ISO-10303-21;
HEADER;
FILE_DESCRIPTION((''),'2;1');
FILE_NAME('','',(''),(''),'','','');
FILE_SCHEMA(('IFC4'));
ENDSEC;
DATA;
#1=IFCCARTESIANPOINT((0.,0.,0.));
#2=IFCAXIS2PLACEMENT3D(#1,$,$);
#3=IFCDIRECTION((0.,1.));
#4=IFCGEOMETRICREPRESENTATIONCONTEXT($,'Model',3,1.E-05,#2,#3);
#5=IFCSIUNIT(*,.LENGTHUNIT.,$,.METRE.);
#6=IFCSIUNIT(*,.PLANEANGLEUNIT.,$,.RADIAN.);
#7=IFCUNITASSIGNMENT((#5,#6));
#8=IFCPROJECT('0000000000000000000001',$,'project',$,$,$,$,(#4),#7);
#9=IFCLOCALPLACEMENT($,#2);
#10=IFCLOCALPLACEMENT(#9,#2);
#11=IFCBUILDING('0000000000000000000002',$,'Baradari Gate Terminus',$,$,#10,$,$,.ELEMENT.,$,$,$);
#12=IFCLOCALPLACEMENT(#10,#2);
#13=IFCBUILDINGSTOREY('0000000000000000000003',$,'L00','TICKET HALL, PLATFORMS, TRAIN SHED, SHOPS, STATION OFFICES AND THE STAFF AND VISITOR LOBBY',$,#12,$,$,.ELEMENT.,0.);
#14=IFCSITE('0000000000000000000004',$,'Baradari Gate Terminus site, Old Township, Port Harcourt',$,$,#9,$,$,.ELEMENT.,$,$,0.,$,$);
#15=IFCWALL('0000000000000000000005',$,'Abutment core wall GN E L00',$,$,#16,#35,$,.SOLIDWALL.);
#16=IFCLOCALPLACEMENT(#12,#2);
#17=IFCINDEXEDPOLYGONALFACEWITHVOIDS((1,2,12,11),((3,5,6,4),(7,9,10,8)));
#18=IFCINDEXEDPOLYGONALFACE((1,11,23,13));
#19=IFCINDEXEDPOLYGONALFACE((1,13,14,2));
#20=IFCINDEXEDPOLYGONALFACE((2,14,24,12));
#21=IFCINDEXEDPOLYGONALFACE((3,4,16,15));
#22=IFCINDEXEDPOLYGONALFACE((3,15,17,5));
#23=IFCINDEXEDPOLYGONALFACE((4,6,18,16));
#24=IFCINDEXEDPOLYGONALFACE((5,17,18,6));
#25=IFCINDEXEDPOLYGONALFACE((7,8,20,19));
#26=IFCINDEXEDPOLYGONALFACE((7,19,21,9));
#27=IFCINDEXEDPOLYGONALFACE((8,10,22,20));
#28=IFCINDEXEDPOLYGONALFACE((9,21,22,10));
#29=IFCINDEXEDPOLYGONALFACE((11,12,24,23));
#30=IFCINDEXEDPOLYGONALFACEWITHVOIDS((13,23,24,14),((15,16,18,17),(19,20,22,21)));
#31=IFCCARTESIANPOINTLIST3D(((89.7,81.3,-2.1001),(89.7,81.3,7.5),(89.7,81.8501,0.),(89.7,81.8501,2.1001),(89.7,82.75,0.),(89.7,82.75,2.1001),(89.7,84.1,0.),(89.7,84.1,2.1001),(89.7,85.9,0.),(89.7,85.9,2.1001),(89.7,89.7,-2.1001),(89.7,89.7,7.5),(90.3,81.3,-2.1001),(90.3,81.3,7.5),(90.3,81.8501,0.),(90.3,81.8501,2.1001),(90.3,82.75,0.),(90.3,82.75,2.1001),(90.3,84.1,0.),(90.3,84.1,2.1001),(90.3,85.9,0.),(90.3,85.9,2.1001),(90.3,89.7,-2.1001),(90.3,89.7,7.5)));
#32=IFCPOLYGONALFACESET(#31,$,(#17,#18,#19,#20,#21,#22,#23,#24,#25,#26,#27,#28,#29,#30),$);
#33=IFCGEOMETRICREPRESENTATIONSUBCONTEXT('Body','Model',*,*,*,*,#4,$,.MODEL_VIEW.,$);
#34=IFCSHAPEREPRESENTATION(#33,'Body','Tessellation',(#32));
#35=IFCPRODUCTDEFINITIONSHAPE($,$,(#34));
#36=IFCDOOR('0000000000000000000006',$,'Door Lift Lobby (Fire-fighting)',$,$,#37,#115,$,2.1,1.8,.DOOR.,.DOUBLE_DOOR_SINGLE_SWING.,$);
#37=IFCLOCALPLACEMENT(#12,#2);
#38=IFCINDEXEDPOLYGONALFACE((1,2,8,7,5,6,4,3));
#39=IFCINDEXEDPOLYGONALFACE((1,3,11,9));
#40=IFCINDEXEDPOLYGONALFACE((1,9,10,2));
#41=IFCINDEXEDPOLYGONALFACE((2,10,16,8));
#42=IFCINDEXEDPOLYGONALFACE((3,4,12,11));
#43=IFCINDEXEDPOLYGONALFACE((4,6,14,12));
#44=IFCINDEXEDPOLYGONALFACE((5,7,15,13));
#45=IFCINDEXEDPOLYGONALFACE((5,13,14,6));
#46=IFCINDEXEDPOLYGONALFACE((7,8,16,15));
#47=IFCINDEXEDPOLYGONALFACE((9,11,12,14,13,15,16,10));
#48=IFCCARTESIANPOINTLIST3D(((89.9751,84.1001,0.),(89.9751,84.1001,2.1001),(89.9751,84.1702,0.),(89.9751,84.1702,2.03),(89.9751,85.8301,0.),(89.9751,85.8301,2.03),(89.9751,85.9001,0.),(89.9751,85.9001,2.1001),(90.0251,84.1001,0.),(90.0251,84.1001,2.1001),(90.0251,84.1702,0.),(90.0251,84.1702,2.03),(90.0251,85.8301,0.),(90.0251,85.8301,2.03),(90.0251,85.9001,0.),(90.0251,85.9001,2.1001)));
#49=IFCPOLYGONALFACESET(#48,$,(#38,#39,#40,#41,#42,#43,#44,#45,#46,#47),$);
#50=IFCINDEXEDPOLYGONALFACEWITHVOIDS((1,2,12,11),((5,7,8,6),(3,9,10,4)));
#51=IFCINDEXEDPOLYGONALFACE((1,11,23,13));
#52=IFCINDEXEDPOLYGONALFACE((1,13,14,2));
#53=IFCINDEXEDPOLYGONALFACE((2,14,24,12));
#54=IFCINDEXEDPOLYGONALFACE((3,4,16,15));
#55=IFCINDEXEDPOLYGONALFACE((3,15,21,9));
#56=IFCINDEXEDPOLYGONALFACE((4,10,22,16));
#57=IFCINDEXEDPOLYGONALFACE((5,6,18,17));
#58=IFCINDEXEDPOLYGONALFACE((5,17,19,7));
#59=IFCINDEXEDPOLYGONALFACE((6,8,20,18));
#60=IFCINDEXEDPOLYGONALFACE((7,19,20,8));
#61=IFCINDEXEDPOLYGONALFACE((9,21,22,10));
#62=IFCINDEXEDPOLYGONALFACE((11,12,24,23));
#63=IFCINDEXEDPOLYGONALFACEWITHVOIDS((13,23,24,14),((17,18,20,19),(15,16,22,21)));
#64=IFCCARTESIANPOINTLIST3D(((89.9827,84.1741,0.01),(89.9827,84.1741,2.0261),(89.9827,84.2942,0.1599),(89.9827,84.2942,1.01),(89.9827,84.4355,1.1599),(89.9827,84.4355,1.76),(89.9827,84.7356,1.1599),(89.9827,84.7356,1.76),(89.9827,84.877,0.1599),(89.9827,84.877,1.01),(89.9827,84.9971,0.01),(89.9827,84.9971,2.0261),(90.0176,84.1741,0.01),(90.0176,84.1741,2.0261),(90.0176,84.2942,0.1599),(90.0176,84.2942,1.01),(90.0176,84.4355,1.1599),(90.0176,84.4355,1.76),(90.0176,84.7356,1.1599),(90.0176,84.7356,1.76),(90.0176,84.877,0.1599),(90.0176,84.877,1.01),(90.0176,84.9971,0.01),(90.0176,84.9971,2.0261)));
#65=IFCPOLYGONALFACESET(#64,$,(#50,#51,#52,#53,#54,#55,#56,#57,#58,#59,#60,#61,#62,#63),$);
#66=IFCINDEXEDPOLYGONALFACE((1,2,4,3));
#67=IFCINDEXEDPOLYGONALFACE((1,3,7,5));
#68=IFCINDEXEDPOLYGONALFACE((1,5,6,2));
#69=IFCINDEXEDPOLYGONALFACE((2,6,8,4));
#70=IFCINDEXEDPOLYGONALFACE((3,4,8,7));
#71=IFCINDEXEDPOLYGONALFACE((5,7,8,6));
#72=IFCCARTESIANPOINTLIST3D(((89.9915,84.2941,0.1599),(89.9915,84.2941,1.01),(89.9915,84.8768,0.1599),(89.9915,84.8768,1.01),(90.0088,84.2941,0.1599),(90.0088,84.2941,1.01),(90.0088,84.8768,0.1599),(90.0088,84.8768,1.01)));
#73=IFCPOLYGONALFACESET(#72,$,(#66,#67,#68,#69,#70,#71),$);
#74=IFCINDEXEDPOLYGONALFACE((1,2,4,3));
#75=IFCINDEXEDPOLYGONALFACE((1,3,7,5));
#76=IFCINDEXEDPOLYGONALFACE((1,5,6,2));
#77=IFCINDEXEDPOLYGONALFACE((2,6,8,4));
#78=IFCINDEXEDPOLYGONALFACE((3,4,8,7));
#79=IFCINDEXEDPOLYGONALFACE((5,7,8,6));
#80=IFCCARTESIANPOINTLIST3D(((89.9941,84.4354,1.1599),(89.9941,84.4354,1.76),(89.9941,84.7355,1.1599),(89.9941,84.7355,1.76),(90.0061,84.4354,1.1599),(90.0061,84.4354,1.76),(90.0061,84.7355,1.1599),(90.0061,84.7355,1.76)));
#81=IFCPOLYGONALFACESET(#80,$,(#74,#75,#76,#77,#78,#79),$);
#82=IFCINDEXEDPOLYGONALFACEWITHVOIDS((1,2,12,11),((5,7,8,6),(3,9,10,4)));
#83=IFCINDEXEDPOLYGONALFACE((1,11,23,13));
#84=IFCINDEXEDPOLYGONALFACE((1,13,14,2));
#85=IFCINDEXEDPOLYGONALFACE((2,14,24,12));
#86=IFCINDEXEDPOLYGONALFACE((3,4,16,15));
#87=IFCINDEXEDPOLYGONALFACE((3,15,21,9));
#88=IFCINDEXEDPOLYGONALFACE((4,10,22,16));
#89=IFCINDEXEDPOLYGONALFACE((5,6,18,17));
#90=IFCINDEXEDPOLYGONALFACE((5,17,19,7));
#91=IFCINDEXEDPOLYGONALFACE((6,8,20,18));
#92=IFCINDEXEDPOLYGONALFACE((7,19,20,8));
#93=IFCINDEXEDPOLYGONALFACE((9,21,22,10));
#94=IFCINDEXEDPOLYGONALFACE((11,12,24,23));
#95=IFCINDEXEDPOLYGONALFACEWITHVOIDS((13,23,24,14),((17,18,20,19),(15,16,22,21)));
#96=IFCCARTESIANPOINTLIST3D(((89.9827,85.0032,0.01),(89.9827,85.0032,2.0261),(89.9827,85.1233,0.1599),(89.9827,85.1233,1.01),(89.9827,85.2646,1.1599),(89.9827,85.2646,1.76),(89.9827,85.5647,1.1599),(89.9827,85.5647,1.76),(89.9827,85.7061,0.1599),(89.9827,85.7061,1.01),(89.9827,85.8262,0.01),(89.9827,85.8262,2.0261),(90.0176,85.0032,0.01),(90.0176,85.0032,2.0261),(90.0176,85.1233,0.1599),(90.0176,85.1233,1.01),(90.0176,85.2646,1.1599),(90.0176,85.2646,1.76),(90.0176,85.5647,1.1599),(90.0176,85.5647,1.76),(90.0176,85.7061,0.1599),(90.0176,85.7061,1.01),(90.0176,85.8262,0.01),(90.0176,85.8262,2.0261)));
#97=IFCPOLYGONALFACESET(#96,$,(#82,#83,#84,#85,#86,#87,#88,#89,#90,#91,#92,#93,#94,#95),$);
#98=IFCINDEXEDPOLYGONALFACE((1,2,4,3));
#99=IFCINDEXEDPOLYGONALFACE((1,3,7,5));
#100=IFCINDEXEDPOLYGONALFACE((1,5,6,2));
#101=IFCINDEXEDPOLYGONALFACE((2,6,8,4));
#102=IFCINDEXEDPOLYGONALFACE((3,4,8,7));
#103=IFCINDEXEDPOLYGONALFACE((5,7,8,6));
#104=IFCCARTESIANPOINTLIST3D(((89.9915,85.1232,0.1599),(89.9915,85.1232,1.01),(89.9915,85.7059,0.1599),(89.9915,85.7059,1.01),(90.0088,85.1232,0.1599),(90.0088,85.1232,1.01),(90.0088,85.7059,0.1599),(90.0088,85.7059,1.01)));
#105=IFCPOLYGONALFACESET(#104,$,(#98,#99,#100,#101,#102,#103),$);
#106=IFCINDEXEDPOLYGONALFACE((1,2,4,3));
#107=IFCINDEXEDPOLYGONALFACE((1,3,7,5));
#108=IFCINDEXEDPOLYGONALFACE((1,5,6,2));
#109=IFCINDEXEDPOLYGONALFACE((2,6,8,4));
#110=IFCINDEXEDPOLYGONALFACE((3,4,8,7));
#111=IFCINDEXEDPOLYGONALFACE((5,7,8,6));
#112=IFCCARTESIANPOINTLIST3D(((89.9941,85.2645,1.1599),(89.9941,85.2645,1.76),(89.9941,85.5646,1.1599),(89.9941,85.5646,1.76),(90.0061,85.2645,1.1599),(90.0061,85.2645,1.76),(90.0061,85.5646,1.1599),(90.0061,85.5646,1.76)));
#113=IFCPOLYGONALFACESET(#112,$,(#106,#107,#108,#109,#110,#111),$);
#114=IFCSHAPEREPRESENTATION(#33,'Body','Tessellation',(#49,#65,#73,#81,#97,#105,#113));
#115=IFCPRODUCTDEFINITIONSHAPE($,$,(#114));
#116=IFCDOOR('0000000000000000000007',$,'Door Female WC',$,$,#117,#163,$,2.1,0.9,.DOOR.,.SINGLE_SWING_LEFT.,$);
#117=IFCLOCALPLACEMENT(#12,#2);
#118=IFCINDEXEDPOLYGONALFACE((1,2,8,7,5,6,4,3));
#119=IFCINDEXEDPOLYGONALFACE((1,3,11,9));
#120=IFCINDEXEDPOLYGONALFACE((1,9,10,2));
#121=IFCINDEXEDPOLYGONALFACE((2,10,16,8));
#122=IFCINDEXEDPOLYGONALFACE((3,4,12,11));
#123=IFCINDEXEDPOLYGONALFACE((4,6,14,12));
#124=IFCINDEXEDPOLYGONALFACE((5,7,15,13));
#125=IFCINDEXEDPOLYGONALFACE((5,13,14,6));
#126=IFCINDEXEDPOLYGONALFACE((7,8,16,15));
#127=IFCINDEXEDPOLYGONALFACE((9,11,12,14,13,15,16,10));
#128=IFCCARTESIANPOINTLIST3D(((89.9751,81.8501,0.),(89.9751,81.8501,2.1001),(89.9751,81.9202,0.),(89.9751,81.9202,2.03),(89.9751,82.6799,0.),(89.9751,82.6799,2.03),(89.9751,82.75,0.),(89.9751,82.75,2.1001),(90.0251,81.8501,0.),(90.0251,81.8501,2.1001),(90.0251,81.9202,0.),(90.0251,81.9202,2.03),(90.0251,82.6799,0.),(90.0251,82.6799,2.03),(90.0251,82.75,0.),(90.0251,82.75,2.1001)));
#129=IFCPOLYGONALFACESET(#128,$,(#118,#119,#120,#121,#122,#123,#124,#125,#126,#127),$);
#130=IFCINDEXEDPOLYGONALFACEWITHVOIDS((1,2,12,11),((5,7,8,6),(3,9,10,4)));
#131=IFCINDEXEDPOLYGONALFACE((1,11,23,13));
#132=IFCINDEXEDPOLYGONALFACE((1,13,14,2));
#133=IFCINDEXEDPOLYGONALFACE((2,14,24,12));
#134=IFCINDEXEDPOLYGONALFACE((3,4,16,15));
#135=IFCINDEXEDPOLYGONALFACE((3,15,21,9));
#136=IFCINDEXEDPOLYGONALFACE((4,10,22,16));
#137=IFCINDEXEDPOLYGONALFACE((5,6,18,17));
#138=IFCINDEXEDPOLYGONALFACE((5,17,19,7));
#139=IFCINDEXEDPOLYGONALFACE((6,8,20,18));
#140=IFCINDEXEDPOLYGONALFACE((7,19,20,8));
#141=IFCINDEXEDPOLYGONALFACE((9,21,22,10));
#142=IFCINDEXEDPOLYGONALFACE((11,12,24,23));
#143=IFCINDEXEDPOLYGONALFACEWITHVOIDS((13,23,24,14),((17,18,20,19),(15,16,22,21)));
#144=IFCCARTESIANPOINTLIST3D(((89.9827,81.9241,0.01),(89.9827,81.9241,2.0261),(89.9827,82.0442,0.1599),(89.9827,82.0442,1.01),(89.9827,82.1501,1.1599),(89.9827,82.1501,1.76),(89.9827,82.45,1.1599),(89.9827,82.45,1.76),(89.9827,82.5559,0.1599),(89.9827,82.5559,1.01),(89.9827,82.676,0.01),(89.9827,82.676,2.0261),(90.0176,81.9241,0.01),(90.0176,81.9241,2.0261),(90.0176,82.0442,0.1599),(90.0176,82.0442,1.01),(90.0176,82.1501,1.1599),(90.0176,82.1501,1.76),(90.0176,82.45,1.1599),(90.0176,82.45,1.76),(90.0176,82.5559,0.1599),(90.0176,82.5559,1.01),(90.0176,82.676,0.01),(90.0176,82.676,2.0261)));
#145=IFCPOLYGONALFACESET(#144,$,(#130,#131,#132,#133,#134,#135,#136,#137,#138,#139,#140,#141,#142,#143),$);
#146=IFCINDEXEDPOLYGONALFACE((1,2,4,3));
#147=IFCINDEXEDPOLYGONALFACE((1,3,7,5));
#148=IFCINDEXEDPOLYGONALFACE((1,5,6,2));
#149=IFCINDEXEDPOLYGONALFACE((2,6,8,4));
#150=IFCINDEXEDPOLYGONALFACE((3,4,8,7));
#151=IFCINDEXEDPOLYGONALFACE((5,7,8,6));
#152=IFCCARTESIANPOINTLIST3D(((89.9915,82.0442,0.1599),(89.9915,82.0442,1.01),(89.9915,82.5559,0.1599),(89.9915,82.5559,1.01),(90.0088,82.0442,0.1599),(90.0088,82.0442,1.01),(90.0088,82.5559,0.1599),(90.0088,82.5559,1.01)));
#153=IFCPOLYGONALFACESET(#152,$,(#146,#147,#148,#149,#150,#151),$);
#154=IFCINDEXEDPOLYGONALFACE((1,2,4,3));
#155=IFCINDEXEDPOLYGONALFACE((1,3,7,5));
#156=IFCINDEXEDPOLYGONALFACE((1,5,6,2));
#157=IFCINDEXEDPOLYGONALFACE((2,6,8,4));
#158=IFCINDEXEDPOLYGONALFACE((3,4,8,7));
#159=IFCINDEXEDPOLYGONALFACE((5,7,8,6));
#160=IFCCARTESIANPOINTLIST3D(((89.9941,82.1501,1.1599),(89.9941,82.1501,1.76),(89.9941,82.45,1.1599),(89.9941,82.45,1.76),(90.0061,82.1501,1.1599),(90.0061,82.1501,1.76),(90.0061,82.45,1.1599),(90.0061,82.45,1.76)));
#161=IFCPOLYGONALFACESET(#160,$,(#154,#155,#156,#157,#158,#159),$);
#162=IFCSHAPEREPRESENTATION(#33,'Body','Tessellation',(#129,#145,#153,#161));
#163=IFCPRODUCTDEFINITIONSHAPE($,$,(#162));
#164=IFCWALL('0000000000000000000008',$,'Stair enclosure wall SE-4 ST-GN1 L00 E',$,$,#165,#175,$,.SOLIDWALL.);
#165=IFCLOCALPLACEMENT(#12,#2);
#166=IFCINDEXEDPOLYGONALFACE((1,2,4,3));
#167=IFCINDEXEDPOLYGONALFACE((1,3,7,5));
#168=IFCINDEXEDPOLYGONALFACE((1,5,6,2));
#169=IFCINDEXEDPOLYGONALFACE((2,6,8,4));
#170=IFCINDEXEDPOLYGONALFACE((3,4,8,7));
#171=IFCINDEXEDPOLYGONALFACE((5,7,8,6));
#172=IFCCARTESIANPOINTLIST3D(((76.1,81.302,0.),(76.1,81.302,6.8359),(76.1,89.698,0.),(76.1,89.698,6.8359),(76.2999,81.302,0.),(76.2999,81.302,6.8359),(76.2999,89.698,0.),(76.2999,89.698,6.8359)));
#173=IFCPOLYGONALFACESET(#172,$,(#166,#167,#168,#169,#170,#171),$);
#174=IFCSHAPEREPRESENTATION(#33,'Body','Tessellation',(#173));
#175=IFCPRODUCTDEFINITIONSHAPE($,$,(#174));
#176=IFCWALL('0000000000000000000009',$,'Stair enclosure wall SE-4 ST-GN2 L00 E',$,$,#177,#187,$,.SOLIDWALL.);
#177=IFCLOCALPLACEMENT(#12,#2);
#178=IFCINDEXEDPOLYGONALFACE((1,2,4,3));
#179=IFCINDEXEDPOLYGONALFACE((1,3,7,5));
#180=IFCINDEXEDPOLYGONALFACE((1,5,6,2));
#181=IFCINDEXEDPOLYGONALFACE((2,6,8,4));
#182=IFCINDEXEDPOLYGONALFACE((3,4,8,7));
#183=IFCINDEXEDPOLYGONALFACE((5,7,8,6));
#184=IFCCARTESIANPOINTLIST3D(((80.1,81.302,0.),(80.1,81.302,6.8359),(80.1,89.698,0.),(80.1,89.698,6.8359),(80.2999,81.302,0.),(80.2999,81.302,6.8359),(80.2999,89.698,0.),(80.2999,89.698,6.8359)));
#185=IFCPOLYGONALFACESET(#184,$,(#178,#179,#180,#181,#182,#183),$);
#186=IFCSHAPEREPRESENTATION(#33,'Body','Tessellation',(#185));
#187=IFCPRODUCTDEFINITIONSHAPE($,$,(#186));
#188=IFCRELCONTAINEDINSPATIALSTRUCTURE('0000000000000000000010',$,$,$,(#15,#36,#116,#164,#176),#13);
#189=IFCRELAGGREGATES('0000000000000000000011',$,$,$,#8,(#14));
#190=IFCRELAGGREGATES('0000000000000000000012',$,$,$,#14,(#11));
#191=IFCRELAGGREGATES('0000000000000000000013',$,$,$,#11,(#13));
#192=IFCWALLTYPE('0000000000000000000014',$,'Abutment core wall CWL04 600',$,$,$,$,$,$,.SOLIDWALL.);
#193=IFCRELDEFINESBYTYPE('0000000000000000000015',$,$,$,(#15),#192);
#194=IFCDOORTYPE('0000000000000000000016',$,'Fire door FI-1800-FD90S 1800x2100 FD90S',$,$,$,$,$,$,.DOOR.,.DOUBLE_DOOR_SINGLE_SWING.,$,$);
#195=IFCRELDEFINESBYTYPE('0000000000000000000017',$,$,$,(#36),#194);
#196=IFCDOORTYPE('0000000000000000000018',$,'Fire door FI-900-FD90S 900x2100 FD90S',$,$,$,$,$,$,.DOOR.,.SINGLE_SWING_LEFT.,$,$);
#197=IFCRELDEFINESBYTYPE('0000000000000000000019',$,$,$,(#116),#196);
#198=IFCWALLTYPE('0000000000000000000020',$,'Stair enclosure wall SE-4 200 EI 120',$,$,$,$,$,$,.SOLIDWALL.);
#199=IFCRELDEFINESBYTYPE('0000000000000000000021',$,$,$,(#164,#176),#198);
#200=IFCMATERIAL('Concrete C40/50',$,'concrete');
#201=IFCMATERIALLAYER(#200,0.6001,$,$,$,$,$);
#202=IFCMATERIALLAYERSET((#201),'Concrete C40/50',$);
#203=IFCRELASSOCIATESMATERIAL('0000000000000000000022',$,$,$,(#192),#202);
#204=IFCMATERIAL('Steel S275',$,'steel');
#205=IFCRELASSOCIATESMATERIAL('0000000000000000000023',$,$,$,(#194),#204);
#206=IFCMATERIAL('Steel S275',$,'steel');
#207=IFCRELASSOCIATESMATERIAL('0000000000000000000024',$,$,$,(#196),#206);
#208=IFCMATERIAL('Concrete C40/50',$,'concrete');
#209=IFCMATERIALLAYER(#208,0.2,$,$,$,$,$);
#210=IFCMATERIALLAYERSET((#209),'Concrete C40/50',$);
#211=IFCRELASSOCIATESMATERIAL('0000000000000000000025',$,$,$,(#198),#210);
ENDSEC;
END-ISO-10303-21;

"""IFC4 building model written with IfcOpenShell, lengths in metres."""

from ifc_helpers import new_model, si_unit, direction, frame, frame_2d, origin, place, context, subcontext, project, spatial, polyline, rectangle, outline, extrude, material, layer, layer_set, type_object, element, fill, save


model = new_model("IFC4")

# Units and contexts
model_context = context("Model", 3, precision=1e-05, world=origin(), true_north=direction((0.0, 1.0)))
body_context = subcontext(model_context, "Body", "Model", "MODEL_VIEW")
ifc_project = project(units=[si_unit("LENGTHUNIT", "METRE"), si_unit("PLANEANGLEUNIT", "RADIAN")], contexts=[model_context])

# Site, building, storey
site_placement = place(None, origin())
site = spatial("IfcSite", under=ifc_project, at=site_placement, Name="Baradari Gate Terminus site, Old Township, Port Harcourt", CompositionType="ELEMENT", RefElevation=0.0)
building_placement = place(site_placement, origin())
building = spatial("IfcBuilding", under=site, at=building_placement, Name="Baradari Gate Terminus", CompositionType="ELEMENT")
storey_placement = place(building_placement, origin())
storey = spatial("IfcBuildingStorey", under=building, at=storey_placement, Name="L00", Description="TICKET HALL, PLATFORMS, TRAIN SHED, SHOPS, STATION OFFICES AND THE STAFF AND VISITOR LOBBY", CompositionType="ELEMENT", Elevation=0.0)

# Wall, openings, doors
ifc_material_1 = material(Name="Concrete C40/50", Category="concrete")
ifc_layer_1 = layer(ifc_material_1, 0.6001)
ifc_layer_set_1 = layer_set([ifc_layer_1], Name="Concrete C40/50")
wall_type_1 = type_object("IfcWallType", Name="Abutment core wall CWL04 600", PredefinedType="SOLIDWALL", material=ifc_layer_set_1)
wall_placement = place(storey_placement, frame((90.0, 81.3, -2.1001), z_axis=(0.0, 0.0, 1.0), x_axis=(0.0, 1.0, 0.0)))
wall = element("IfcWall", 1, at=wall_placement, inside=storey, type_object=wall_type_1, Name="Abutment core wall GN E L00", PredefinedType="SOLIDWALL", context=body_context, shape_type="SweptSolid", body=[
    extrude(rectangle(XDim=8.3999, YDim=0.6001, at=frame_2d((4.2, 0.0))), origin(), (0.0, 0.0, 1.0), 9.6001),
])
opening_1_placement = place(wall_placement, frame((2.8, 0.0, 2.1001)))
opening_1 = element("IfcOpeningElement", 2, at=opening_1_placement, cuts=wall, PredefinedType="OPENING", context=body_context, shape_type="SweptSolid", body=[
    extrude(rectangle(XDim=1.8, YDim=2.1001, at=frame_2d((0.8999, 1.05))), frame((0.0, 0.3101, 0.0), z_axis=(0.0, -1.0, 0.0), x_axis=(1.0, 0.0, 0.0)), (0.0, 0.0, 1.0), 0.6201),
])
opening_2_placement = place(wall_placement, frame((0.55, 0.0, 2.1001)))
opening_2 = element("IfcOpeningElement", 3, at=opening_2_placement, cuts=wall, PredefinedType="OPENING", context=body_context, shape_type="SweptSolid", body=[
    extrude(rectangle(XDim=0.8999, YDim=2.1001, at=frame_2d((0.45, 1.05))), frame((0.0, 0.3101, 0.0), z_axis=(0.0, -1.0, 0.0), x_axis=(1.0, 0.0, 0.0)), (0.0, 0.0, 1.0), 0.6201),
])
ifc_material_2 = material(Name="Steel S275", Category="steel")
door_type_1 = type_object("IfcDoorType", Name="Fire door FI-1800-FD90S 1800x2100 FD90S", OperationType="DOUBLE_DOOR_SINGLE_SWING", PredefinedType="DOOR", material=ifc_material_2)
door_1_placement = place(opening_1_placement, origin())
door_1 = element("IfcDoor", 4, at=door_1_placement, inside=storey, type_object=door_type_1, Name="Door Lift Lobby (Fire-fighting)", OperationType="DOUBLE_DOOR_SINGLE_SWING", OverallHeight=2.1, OverallWidth=1.8, PredefinedType="DOOR", context=body_context, shape_type="SweptSolid", body=[
    extrude(outline(polyline([(0.0, 0.0), (0.0701, 0.0), (0.0701, 2.03), (1.73, 2.03), (1.73, 0.0), (1.8, 0.0), (1.8, 2.1001), (0.0, 2.1001), (0.0, 0.0)])), frame((0.0, 0.0249, 0.0), z_axis=(0.0, -1.0, 0.0), x_axis=(1.0, 0.0, 0.0)), (0.0, 0.0, 1.0), 0.05),
    extrude(outline(polyline([(0.074, 0.01), (0.897, 0.01), (0.897, 2.0261), (0.074, 2.0261), (0.074, 0.01)]), holes=[polyline([(0.1941, 0.1599), (0.7769, 0.1599), (0.7769, 1.01), (0.1941, 1.01), (0.1941, 0.1599)]), polyline([(0.3354, 1.1599), (0.6355, 1.1599), (0.6355, 1.76), (0.3354, 1.76), (0.3354, 1.1599)])]), frame((0.0, 0.0173, 0.0), z_axis=(0.0, -1.0, 0.0), x_axis=(1.0, 0.0, 0.0)), (0.0, 0.0, 1.0), 0.0349),
    extrude(rectangle(XDim=0.5828, YDim=0.8501, at=frame_2d((0.4854, 0.585))), frame((0.0, 0.0085, 0.0), z_axis=(0.0, -1.0, 0.0), x_axis=(1.0, 0.0, 0.0)), (0.0, 0.0, 1.0), 0.0173),
    extrude(rectangle(XDim=0.3, YDim=0.6001, at=frame_2d((0.4854, 1.46))), frame((0.0, 0.0059, 0.0), z_axis=(0.0, -1.0, 0.0), x_axis=(1.0, 0.0, 0.0)), (0.0, 0.0, 1.0), 0.012),
    extrude(outline(polyline([(0.9031, 0.01), (1.7261, 0.01), (1.7261, 2.0261), (0.9031, 2.0261), (0.9031, 0.01)]), holes=[polyline([(1.0232, 0.1599), (1.606, 0.1599), (1.606, 1.01), (1.0232, 1.01), (1.0232, 0.1599)]), polyline([(1.1646, 1.1599), (1.4646, 1.1599), (1.4646, 1.76), (1.1646, 1.76), (1.1646, 1.1599)])]), frame((0.0, 0.0173, 0.0), z_axis=(0.0, -1.0, 0.0), x_axis=(1.0, 0.0, 0.0)), (0.0, 0.0, 1.0), 0.0349),
    extrude(rectangle(XDim=0.5828, YDim=0.8501, at=frame_2d((1.3145, 0.585))), frame((0.0, 0.0085, 0.0), z_axis=(0.0, -1.0, 0.0), x_axis=(1.0, 0.0, 0.0)), (0.0, 0.0, 1.0), 0.0173),
    extrude(rectangle(XDim=0.3, YDim=0.6001, at=frame_2d((1.3145, 1.46))), frame((0.0, 0.0059, 0.0), z_axis=(0.0, -1.0, 0.0), x_axis=(1.0, 0.0, 0.0)), (0.0, 0.0, 1.0), 0.012),
])
fill(opening_1, door_1)
ifc_material_3 = material(Name="Steel S275", Category="steel")
door_type_2 = type_object("IfcDoorType", Name="Fire door FI-900-FD90S 900x2100 FD90S", OperationType="SINGLE_SWING_LEFT", PredefinedType="DOOR", material=ifc_material_3)
door_2_placement = place(opening_2_placement, origin())
door_2 = element("IfcDoor", 5, at=door_2_placement, inside=storey, type_object=door_type_2, Name="Door Female WC", OperationType="SINGLE_SWING_LEFT", OverallHeight=2.1, OverallWidth=0.9, PredefinedType="DOOR", context=body_context, shape_type="SweptSolid", body=[
    extrude(outline(polyline([(0.0, 0.0), (0.0701, 0.0), (0.0701, 2.03), (0.8298, 2.03), (0.8298, 0.0), (0.8999, 0.0), (0.8999, 2.1001), (0.0, 2.1001), (0.0, 0.0)])), frame((0.0, 0.0249, 0.0), z_axis=(0.0, -1.0, 0.0), x_axis=(1.0, 0.0, 0.0)), (0.0, 0.0, 1.0), 0.05),
    extrude(outline(polyline([(0.074, 0.01), (0.8259, 0.01), (0.8259, 2.0261), (0.074, 2.0261), (0.074, 0.01)]), holes=[polyline([(0.1941, 0.1599), (0.7058, 0.1599), (0.7058, 1.01), (0.1941, 1.01), (0.1941, 0.1599)]), polyline([(0.3, 1.1599), (0.5999, 1.1599), (0.5999, 1.76), (0.3, 1.76), (0.3, 1.1599)])]), frame((0.0, 0.0173, 0.0), z_axis=(0.0, -1.0, 0.0), x_axis=(1.0, 0.0, 0.0)), (0.0, 0.0, 1.0), 0.0349),
    extrude(rectangle(XDim=0.5117, YDim=0.8501, at=frame_2d((0.45, 0.585))), frame((0.0, 0.0085, 0.0), z_axis=(0.0, -1.0, 0.0), x_axis=(1.0, 0.0, 0.0)), (0.0, 0.0, 1.0), 0.0173),
    extrude(rectangle(XDim=0.2998, YDim=0.6001, at=frame_2d((0.45, 1.46))), frame((0.0, 0.0059, 0.0), z_axis=(0.0, -1.0, 0.0), x_axis=(1.0, 0.0, 0.0)), (0.0, 0.0, 1.0), 0.012),
])
fill(opening_2, door_2)

# Walls
ifc_material_4 = material(Name="Concrete C40/50", Category="concrete")
ifc_layer_2 = layer(ifc_material_4, 0.2)
ifc_layer_set_2 = layer_set([ifc_layer_2], Name="Concrete C40/50")
wall_type_2 = type_object("IfcWallType", Name="Stair enclosure wall SE-4 200 EI 120", PredefinedType="SOLIDWALL", material=ifc_layer_set_2)
for number, where, z_axis, x_axis, name in (
    (6, (76.2, 81.302, 0.0), (0.0, 0.0, 1.0), (0.0, 1.0, 0.0), "Stair enclosure wall SE-4 ST-GN1 L00 E"),
    (7, (80.2, 81.302, 0.0), (0.0, 0.0, 1.0), (0.0, 1.0, 0.0), "Stair enclosure wall SE-4 ST-GN2 L00 E"),
):
    element("IfcWall", number, at=place(storey_placement, frame(where, z_axis=z_axis, x_axis=x_axis)), inside=storey, type_object=wall_type_2, Name=name, PredefinedType="SOLIDWALL", context=body_context, shape_type="SweptSolid", body=[
        extrude(rectangle(XDim=8.396, YDim=0.2, at=frame_2d((4.198, 0.0))), origin(), (0.0, 0.0, 1.0), 6.8359),
    ])

save(model, "model.ifc")
